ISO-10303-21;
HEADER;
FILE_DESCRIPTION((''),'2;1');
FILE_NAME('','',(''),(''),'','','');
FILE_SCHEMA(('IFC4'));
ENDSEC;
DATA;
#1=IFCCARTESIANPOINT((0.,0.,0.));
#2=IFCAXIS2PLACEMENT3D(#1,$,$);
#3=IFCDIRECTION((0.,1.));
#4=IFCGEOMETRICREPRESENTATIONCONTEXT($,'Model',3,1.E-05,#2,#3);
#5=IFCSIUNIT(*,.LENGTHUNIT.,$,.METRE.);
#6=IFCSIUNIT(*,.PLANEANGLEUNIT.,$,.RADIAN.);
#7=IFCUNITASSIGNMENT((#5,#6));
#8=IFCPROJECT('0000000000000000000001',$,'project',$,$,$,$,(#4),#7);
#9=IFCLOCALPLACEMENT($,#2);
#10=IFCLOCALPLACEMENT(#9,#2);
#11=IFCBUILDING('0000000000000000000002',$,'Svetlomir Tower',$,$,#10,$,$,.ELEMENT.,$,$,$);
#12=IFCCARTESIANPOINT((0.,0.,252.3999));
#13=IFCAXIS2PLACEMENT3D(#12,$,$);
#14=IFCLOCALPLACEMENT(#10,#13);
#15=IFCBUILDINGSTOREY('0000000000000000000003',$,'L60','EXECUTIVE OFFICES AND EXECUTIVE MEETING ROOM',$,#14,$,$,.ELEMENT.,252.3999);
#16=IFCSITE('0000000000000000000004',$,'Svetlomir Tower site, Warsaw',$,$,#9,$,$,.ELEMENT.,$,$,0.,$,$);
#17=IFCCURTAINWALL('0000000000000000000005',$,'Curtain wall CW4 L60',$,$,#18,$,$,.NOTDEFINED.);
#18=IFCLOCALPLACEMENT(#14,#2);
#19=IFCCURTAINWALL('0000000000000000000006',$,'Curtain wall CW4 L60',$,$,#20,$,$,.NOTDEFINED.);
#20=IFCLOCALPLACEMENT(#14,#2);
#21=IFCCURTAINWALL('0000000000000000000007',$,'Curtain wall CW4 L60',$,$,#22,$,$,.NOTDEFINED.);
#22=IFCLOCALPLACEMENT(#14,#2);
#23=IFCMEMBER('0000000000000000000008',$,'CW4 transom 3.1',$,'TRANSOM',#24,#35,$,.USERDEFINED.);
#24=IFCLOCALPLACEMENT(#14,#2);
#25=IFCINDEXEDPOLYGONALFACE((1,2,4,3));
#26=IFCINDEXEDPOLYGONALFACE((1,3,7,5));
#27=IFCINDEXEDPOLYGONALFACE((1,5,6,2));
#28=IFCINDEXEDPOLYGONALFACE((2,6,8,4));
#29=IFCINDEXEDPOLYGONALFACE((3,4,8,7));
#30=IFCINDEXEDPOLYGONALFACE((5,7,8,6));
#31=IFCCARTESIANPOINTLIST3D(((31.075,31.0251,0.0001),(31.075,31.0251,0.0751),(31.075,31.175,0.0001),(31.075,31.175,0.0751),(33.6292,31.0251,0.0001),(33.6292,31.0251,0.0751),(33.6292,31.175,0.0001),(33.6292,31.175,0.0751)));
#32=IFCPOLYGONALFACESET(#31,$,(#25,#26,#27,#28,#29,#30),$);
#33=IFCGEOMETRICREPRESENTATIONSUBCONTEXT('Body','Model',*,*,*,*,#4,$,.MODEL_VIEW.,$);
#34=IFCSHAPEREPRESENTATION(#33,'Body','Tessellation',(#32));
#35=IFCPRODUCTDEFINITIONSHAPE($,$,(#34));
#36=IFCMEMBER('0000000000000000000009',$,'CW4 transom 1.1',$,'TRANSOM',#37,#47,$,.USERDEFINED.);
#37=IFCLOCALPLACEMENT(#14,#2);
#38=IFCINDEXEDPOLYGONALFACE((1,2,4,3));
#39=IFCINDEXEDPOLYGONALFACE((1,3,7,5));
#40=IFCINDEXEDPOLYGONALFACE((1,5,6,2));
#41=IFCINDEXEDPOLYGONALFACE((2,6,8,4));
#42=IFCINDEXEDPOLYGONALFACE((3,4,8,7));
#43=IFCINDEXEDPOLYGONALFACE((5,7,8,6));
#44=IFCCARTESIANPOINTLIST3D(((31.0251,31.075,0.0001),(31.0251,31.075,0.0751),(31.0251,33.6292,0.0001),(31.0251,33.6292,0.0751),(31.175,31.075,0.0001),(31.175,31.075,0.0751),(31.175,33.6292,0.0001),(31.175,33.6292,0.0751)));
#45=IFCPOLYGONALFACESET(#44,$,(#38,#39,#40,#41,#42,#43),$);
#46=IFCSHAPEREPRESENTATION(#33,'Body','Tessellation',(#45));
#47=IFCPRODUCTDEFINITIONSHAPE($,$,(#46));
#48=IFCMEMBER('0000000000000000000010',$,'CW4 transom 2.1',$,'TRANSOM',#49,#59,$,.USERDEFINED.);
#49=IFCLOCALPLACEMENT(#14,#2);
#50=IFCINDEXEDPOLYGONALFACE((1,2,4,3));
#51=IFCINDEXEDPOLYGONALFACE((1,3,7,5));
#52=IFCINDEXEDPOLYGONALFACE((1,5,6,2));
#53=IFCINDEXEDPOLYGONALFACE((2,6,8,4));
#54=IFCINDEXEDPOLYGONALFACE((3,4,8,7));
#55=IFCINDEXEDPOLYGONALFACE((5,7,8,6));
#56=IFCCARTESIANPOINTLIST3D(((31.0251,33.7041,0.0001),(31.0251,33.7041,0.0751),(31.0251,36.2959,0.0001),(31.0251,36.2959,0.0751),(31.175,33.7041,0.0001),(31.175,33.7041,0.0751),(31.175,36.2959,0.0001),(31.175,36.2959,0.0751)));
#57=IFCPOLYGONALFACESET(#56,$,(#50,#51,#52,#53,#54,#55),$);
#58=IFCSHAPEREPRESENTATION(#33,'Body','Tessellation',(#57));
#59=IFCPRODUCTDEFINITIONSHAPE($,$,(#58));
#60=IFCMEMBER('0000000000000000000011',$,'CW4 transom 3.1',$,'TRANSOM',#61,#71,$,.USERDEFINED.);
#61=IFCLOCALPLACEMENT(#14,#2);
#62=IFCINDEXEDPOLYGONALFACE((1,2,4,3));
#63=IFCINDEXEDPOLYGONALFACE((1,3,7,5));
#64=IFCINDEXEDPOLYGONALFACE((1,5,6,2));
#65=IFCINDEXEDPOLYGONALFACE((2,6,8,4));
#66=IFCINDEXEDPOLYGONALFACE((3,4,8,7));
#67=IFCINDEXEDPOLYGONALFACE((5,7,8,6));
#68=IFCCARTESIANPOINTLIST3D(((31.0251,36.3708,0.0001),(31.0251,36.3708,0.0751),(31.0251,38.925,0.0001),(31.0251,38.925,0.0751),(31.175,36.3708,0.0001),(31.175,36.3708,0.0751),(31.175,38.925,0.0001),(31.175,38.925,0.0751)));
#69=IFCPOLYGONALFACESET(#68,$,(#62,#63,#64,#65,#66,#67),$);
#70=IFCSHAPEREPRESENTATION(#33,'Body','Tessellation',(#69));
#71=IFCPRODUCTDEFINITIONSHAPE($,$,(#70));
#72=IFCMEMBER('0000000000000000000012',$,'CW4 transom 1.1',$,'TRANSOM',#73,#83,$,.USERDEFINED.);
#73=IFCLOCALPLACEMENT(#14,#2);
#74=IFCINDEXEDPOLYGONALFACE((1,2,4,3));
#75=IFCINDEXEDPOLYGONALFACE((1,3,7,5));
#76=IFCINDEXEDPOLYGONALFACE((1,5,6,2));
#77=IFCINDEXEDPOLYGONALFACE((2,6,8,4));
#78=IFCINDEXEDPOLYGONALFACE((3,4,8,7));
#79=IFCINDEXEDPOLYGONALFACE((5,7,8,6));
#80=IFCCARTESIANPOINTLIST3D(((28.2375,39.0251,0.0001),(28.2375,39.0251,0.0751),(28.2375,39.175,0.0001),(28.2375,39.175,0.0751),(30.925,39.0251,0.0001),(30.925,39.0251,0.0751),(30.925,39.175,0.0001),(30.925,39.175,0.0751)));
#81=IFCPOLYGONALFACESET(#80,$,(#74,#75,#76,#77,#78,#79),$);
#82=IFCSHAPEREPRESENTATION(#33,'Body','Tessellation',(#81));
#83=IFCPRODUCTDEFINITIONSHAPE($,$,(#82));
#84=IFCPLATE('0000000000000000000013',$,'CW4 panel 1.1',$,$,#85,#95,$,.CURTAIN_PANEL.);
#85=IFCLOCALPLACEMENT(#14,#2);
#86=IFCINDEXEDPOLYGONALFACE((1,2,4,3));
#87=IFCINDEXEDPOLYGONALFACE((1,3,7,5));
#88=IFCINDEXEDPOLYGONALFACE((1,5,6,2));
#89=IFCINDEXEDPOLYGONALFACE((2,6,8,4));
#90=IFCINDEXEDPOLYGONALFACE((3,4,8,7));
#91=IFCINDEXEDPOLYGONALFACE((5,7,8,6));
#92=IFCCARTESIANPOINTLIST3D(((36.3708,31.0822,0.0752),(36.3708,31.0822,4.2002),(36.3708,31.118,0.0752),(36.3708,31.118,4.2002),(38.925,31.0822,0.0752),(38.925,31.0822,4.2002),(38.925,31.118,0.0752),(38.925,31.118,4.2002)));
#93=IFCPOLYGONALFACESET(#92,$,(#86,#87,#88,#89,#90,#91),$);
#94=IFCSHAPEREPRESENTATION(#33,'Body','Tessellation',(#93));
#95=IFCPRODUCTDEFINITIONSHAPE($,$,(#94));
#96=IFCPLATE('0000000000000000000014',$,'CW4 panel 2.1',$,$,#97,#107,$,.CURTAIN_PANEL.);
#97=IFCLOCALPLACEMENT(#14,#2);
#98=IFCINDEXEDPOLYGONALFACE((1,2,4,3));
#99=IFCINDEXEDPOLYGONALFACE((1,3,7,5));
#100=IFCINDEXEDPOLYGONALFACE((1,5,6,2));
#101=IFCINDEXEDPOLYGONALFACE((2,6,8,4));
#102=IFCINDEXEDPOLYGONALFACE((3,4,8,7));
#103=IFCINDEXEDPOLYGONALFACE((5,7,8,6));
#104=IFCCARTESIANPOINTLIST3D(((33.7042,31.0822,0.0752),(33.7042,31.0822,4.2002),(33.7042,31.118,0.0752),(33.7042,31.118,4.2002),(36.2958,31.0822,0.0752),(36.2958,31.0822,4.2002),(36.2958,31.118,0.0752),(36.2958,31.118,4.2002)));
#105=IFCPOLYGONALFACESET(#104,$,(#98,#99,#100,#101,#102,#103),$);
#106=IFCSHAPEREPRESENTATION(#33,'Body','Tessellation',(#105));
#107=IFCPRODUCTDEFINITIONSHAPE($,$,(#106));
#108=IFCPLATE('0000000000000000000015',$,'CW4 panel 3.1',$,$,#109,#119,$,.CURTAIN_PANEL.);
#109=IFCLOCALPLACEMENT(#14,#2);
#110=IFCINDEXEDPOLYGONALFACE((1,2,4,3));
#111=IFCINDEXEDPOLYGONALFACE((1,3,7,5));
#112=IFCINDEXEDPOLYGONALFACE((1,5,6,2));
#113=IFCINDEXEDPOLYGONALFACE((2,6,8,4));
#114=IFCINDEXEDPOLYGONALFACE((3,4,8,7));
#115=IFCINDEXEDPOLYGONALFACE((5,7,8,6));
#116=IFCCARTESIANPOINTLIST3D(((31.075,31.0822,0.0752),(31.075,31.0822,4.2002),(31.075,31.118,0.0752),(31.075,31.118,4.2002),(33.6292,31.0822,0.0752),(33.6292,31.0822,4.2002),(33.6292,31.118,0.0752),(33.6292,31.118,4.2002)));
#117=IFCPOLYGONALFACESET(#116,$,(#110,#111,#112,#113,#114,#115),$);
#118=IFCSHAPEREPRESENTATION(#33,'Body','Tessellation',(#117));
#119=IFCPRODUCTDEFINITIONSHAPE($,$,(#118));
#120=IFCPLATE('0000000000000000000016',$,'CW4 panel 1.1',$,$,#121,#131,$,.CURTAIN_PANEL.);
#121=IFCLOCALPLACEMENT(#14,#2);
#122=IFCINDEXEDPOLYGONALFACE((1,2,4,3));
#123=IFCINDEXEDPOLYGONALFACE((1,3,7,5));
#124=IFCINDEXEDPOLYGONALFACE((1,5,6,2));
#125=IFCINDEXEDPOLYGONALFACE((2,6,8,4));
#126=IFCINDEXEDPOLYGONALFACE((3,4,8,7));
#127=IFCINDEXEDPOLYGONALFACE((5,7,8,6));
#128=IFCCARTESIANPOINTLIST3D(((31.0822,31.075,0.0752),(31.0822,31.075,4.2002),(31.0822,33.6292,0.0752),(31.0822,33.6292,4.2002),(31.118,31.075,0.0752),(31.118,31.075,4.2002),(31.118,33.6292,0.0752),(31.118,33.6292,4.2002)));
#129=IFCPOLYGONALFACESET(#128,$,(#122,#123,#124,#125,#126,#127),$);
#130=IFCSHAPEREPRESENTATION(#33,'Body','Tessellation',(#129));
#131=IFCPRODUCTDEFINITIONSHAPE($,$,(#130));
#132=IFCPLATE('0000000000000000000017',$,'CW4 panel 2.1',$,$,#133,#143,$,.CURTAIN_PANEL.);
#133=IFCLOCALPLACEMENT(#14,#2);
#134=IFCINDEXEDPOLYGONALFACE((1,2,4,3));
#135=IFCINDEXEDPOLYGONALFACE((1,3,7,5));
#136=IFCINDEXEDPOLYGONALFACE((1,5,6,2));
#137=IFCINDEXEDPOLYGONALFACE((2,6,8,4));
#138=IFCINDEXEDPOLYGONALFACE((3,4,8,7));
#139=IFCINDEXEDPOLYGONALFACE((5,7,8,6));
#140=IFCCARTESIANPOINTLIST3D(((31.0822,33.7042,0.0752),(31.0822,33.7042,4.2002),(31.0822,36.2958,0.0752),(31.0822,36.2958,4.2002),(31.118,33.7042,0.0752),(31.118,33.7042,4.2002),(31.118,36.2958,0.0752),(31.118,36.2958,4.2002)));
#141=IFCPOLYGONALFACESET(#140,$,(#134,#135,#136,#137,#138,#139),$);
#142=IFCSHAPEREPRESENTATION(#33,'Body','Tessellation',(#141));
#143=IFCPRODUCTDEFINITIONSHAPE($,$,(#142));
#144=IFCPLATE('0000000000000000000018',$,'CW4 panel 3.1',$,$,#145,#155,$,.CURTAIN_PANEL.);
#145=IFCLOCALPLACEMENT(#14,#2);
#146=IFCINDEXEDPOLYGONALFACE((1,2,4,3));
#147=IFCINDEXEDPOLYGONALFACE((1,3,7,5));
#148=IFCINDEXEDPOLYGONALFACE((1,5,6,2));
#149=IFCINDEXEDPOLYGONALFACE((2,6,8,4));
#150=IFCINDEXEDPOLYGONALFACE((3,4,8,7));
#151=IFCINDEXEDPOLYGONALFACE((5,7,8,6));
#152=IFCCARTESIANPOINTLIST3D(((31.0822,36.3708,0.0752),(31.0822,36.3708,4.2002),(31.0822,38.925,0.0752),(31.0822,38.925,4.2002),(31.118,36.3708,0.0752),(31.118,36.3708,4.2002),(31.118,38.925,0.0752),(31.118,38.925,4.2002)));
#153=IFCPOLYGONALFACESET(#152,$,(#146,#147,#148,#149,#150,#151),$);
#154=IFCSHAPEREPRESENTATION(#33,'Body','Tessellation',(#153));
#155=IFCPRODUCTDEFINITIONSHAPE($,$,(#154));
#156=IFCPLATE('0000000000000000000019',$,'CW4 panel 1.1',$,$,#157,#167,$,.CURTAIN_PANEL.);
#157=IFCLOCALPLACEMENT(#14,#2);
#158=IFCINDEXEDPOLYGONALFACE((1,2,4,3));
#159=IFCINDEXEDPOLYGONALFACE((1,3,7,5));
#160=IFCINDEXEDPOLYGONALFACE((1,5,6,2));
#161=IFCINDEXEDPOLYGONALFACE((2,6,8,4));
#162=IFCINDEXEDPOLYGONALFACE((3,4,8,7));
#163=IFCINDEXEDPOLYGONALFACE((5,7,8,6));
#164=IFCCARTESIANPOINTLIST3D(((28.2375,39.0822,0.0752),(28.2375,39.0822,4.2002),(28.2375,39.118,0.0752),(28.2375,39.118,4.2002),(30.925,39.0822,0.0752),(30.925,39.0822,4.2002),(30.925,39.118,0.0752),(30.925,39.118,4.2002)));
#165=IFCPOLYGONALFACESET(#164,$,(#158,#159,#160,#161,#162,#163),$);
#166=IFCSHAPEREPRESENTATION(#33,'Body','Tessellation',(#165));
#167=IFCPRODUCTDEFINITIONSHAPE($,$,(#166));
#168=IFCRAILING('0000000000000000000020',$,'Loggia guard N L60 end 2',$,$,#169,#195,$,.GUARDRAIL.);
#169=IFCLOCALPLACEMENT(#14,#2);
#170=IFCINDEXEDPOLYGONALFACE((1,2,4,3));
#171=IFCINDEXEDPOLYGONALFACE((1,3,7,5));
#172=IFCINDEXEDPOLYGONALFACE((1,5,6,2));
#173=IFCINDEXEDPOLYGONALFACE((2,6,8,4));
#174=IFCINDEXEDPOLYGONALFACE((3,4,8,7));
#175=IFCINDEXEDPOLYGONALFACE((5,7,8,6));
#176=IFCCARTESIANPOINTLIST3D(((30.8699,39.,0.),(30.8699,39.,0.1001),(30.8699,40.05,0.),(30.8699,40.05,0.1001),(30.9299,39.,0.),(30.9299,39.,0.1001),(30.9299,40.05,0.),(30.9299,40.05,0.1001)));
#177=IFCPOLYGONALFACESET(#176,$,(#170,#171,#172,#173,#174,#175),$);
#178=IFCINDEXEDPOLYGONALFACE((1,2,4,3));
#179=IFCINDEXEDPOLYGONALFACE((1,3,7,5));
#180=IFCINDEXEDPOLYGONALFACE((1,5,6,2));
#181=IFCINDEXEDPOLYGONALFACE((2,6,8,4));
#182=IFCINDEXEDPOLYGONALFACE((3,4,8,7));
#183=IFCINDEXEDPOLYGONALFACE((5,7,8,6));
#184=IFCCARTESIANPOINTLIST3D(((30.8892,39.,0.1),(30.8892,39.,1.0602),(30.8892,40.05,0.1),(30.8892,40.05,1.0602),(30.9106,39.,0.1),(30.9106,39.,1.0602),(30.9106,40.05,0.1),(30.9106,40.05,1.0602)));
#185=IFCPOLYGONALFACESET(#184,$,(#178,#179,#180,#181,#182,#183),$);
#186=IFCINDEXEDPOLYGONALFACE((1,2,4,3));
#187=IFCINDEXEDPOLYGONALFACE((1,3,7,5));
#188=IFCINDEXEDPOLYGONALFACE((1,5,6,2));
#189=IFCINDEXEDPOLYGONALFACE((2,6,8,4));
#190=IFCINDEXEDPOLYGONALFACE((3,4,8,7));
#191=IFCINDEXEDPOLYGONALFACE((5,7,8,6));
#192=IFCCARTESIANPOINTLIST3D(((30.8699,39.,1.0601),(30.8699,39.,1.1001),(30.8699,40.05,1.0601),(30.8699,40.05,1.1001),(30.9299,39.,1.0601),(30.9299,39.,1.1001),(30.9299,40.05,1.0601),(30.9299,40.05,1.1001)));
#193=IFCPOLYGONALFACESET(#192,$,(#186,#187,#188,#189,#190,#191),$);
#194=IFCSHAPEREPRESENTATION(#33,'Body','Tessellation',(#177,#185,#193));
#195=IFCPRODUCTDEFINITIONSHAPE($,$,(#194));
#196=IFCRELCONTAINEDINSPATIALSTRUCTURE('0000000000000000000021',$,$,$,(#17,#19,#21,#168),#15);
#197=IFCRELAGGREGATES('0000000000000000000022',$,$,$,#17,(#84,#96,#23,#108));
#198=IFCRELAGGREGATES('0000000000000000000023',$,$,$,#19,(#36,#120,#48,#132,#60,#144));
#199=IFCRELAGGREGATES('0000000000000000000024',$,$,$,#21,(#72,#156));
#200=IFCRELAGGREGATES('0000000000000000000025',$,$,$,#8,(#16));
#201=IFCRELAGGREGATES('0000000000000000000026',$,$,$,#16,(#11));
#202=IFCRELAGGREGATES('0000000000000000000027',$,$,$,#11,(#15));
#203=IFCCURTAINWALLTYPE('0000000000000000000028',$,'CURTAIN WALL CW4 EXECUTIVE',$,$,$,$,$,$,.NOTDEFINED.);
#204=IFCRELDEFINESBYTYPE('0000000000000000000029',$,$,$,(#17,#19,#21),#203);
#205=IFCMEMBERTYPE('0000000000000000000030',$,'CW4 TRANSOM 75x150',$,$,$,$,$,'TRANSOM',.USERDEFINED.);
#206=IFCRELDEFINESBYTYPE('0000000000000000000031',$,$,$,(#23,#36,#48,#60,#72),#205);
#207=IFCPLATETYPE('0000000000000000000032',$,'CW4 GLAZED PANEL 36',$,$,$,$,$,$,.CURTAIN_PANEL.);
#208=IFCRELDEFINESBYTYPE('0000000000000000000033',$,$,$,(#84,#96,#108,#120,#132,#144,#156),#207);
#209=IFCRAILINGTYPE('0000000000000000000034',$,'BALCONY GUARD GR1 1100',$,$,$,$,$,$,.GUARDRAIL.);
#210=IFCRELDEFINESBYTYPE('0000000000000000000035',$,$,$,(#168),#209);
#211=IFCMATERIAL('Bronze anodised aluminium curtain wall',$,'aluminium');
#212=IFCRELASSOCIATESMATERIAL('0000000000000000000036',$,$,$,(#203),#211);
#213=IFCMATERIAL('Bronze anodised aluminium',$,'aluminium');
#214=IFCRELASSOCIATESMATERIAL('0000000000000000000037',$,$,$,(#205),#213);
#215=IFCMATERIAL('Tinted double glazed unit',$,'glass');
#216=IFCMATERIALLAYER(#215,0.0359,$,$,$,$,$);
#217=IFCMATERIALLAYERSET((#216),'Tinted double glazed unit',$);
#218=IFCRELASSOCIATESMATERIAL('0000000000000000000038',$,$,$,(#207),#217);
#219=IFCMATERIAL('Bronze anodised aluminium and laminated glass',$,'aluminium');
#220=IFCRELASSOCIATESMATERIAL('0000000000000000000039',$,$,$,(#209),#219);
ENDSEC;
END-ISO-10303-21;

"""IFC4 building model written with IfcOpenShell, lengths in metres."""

from ifc_helpers import new_model, si_unit, direction, frame, origin, origin_2d, place, context, subcontext, project, spatial, rectangle, extrude, material, layer, layer_set, material_profile, profile_set, type_object, element, aggregate, save


model = new_model("IFC4")

# Units and contexts
model_context = context("Model", 3, precision=1e-05, world=origin(), true_north=direction((0.0, 1.0)))
body_context = subcontext(model_context, "Body", "Model", "MODEL_VIEW")
ifc_project = project(units=[si_unit("LENGTHUNIT", "METRE"), si_unit("PLANEANGLEUNIT", "RADIAN")], contexts=[model_context])

# Site, building, storey
site_placement = place(None, origin())
site = spatial("IfcSite", under=ifc_project, at=site_placement, Name="Svetlomir Tower site, Warsaw", CompositionType="ELEMENT", RefElevation=0.0)
building_placement = place(site_placement, origin())
building = spatial("IfcBuilding", under=site, at=building_placement, Name="Svetlomir Tower", CompositionType="ELEMENT")
storey_placement = place(building_placement, frame((0.0, 0.0, 252.3999)))
storey = spatial("IfcBuildingStorey", under=building, at=storey_placement, Name="L60", Description="EXECUTIVE OFFICES AND EXECUTIVE MEETING ROOM", CompositionType="ELEMENT", Elevation=252.3999)

# Curtain walls
ifc_material_1 = material(Name="Bronze anodised aluminium curtain wall", Category="aluminium")
curtain_wall_type = type_object("IfcCurtainWallType", Name="CURTAIN WALL CW4 EXECUTIVE", PredefinedType="NOTDEFINED", material=ifc_material_1)
curtain_wall_1_placement = place(storey_placement, origin())
curtain_wall_1 = element("IfcCurtainWall", 1, at=curtain_wall_1_placement, inside=storey, type_object=curtain_wall_type, Name="Curtain wall CW4 L60", PredefinedType="NOTDEFINED")
curtain_wall_2_placement = place(storey_placement, origin())
curtain_wall_2 = element("IfcCurtainWall", 2, at=curtain_wall_2_placement, inside=storey, type_object=curtain_wall_type, Name="Curtain wall CW4 L60", PredefinedType="NOTDEFINED")

# Curtain wall
curtain_wall_3_placement = place(storey_placement, origin())
curtain_wall_3 = element("IfcCurtainWall", 3, at=curtain_wall_3_placement, inside=storey, type_object=curtain_wall_type, Name="Curtain wall CW4 L60", PredefinedType="NOTDEFINED")

# Members
ifc_material_2 = material(Name="Bronze anodised aluminium", Category="aluminium")
ifc_material_profile_1 = material_profile(ifc_material_2, rectangle(XDim=0.1499, YDim=0.075, at=origin_2d()), Name="AL 150x75")
ifc_profile_set_1 = profile_set([ifc_material_profile_1], Name="Bronze anodised aluminium 6063-T6")
member_type_1 = type_object("IfcMemberType", Name="CW4 TRANSOM 75x150", ElementType="TRANSOM", PredefinedType="USERDEFINED", material=ifc_profile_set_1)
member_1_placement = place(storey_placement, frame((33.6292, 31.1001, 0.0376), z_axis=(-1.0, 0.0, 0.0), x_axis=(0.0, -1.0, 0.0)))
member_1 = element("IfcMember", 4, at=member_1_placement, type_object=member_type_1, Name="CW4 transom 3.1", ObjectType="TRANSOM", PredefinedType="USERDEFINED", context=body_context, shape_type="SweptSolid", body=[
    extrude(rectangle(XDim=0.1499, YDim=0.075, at=origin_2d()), origin(), (0.0, 0.0, 1.0), 2.5542),
])
member_2_placement = place(storey_placement, frame((31.1001, 31.075, 0.0376), z_axis=(0.0, 1.0, 0.0), x_axis=(-1.0, 0.0, 0.0)))
member_2 = element("IfcMember", 5, at=member_2_placement, type_object=member_type_1, Name="CW4 transom 1.1", ObjectType="TRANSOM", PredefinedType="USERDEFINED", context=body_context, shape_type="SweptSolid", body=[
    extrude(rectangle(XDim=0.1499, YDim=0.075, at=origin_2d()), origin(), (0.0, 0.0, 1.0), 2.5542),
])
member_3_placement = place(storey_placement, frame((31.1001, 33.7041, 0.0376), z_axis=(0.0, 1.0, 0.0), x_axis=(-1.0, 0.0, 0.0)))
member_3 = element("IfcMember", 6, at=member_3_placement, type_object=member_type_1, Name="CW4 transom 2.1", ObjectType="TRANSOM", PredefinedType="USERDEFINED", context=body_context, shape_type="SweptSolid", body=[
    extrude(rectangle(XDim=0.1499, YDim=0.075, at=origin_2d()), origin(), (0.0, 0.0, 1.0), 2.5918),
])
member_4_placement = place(storey_placement, frame((31.1001, 36.3708, 0.0376), z_axis=(0.0, 1.0, 0.0), x_axis=(-1.0, 0.0, 0.0)))
member_4 = element("IfcMember", 7, at=member_4_placement, type_object=member_type_1, Name="CW4 transom 3.1", ObjectType="TRANSOM", PredefinedType="USERDEFINED", context=body_context, shape_type="SweptSolid", body=[
    extrude(rectangle(XDim=0.1499, YDim=0.075, at=origin_2d()), origin(), (0.0, 0.0, 1.0), 2.5542),
])
member_5_placement = place(storey_placement, frame((30.925, 39.1001, 0.0376), z_axis=(-1.0, 0.0, 0.0), x_axis=(0.0, -1.0, 0.0)))
member_5 = element("IfcMember", 8, at=member_5_placement, type_object=member_type_1, Name="CW4 transom 1.1", ObjectType="TRANSOM", PredefinedType="USERDEFINED", context=body_context, shape_type="SweptSolid", body=[
    extrude(rectangle(XDim=0.1499, YDim=0.075, at=origin_2d()), origin(), (0.0, 0.0, 1.0), 2.6875),
])

# Plates
ifc_material_3 = material(Name="Tinted double glazed unit", Category="glass")
ifc_layer = layer(ifc_material_3, 0.0359)
ifc_layer_set = layer_set([ifc_layer], Name="Tinted double glazed unit")
plate_type = type_object("IfcPlateType", Name="CW4 GLAZED PANEL 36", PredefinedType="CURTAIN_PANEL", material=ifc_layer_set)
plate_1_placement = place(storey_placement, frame((37.6479, 31.1001, 0.0752), z_axis=(0.0, 0.0, 1.0), x_axis=(-1.0, 0.0, 0.0)))
plate_1 = element("IfcPlate", 9, at=plate_1_placement, type_object=plate_type, Name="CW4 panel 1.1", PredefinedType="CURTAIN_PANEL", context=body_context, shape_type="SweptSolid", body=[
    extrude(rectangle(XDim=2.5542, YDim=0.0359, at=origin_2d()), origin(), (0.0, 0.0, 1.0), 4.125),
])
plate_2_placement = place(storey_placement, frame((35.0, 31.1001, 0.0752), z_axis=(0.0, 0.0, 1.0), x_axis=(-1.0, 0.0, 0.0)))
plate_2 = element("IfcPlate", 10, at=plate_2_placement, type_object=plate_type, Name="CW4 panel 2.1", PredefinedType="CURTAIN_PANEL", context=body_context, shape_type="SweptSolid", body=[
    extrude(rectangle(XDim=2.5916, YDim=0.0359, at=origin_2d()), origin(), (0.0, 0.0, 1.0), 4.125),
])
plate_3_placement = place(storey_placement, frame((32.3521, 31.1001, 0.0752), z_axis=(0.0, 0.0, 1.0), x_axis=(-1.0, 0.0, 0.0)))
plate_3 = element("IfcPlate", 11, at=plate_3_placement, type_object=plate_type, Name="CW4 panel 3.1", PredefinedType="CURTAIN_PANEL", context=body_context, shape_type="SweptSolid", body=[
    extrude(rectangle(XDim=2.5542, YDim=0.0359, at=origin_2d()), origin(), (0.0, 0.0, 1.0), 4.125),
])
aggregate(curtain_wall_1, [plate_1, plate_2, member_1, plate_3])
plate_4_placement = place(storey_placement, frame((31.1001, 32.3521, 0.0752), z_axis=(0.0, 0.0, 1.0), x_axis=(0.0, 1.0, 0.0)))
plate_4 = element("IfcPlate", 12, at=plate_4_placement, type_object=plate_type, Name="CW4 panel 1.1", PredefinedType="CURTAIN_PANEL", context=body_context, shape_type="SweptSolid", body=[
    extrude(rectangle(XDim=2.5542, YDim=0.0359, at=origin_2d()), origin(), (0.0, 0.0, 1.0), 4.125),
])
plate_5_placement = place(storey_placement, frame((31.1001, 35.0, 0.0752), z_axis=(0.0, 0.0, 1.0), x_axis=(0.0, 1.0, 0.0)))
plate_5 = element("IfcPlate", 13, at=plate_5_placement, type_object=plate_type, Name="CW4 panel 2.1", PredefinedType="CURTAIN_PANEL", context=body_context, shape_type="SweptSolid", body=[
    extrude(rectangle(XDim=2.5916, YDim=0.0359, at=origin_2d()), origin(), (0.0, 0.0, 1.0), 4.125),
])
plate_6_placement = place(storey_placement, frame((31.1001, 37.6479, 0.0752), z_axis=(0.0, 0.0, 1.0), x_axis=(0.0, 1.0, 0.0)))
plate_6 = element("IfcPlate", 14, at=plate_6_placement, type_object=plate_type, Name="CW4 panel 3.1", PredefinedType="CURTAIN_PANEL", context=body_context, shape_type="SweptSolid", body=[
    extrude(rectangle(XDim=2.5542, YDim=0.0359, at=origin_2d()), origin(), (0.0, 0.0, 1.0), 4.125),
])
aggregate(curtain_wall_2, [member_2, plate_4, member_3, plate_5, member_4, plate_6])
plate_7_placement = place(storey_placement, frame((29.5813, 39.1001, 0.0752), z_axis=(0.0, 0.0, 1.0), x_axis=(-1.0, 0.0, 0.0)))
plate_7 = element("IfcPlate", 15, at=plate_7_placement, type_object=plate_type, Name="CW4 panel 1.1", PredefinedType="CURTAIN_PANEL", context=body_context, shape_type="SweptSolid", body=[
    extrude(rectangle(XDim=2.6875, YDim=0.0359, at=origin_2d()), origin(), (0.0, 0.0, 1.0), 4.125),
])
aggregate(curtain_wall_3, [member_5, plate_7])

# Railing
ifc_material_4 = material(Name="Bronze anodised aluminium and laminated glass", Category="aluminium")
railing_type = type_object("IfcRailingType", Name="BALCONY GUARD GR1 1100", PredefinedType="GUARDRAIL", material=ifc_material_4)
railing_placement = place(storey_placement, frame((30.8999, 40.05, 0.0)))
element("IfcRailing", 16, at=railing_placement, inside=storey, type_object=railing_type, Name="Loggia guard N L60 end 2", PredefinedType="GUARDRAIL", context=body_context, shape_type="SweptSolid", body=[
    extrude(rectangle(XDim=0.0601, YDim=0.1001, at=origin_2d()), frame((0.0, 0.0, 0.05), z_axis=(0.0, -1.0, 0.0), x_axis=(1.0, 0.0, 0.0)), (0.0, 0.0, 1.0), 1.05),
    extrude(rectangle(XDim=0.0215, YDim=0.9602, at=origin_2d()), frame((0.0, 0.0, 0.5801), z_axis=(0.0, -1.0, 0.0), x_axis=(1.0, 0.0, 0.0)), (0.0, 0.0, 1.0), 1.05),
    extrude(rectangle(XDim=0.0601, YDim=0.04, at=origin_2d()), frame((0.0, 0.0, 1.0801), z_axis=(0.0, -1.0, 0.0), x_axis=(1.0, 0.0, 0.0)), (0.0, 0.0, 1.0), 1.05),
])

save(model, "model.ifc")
